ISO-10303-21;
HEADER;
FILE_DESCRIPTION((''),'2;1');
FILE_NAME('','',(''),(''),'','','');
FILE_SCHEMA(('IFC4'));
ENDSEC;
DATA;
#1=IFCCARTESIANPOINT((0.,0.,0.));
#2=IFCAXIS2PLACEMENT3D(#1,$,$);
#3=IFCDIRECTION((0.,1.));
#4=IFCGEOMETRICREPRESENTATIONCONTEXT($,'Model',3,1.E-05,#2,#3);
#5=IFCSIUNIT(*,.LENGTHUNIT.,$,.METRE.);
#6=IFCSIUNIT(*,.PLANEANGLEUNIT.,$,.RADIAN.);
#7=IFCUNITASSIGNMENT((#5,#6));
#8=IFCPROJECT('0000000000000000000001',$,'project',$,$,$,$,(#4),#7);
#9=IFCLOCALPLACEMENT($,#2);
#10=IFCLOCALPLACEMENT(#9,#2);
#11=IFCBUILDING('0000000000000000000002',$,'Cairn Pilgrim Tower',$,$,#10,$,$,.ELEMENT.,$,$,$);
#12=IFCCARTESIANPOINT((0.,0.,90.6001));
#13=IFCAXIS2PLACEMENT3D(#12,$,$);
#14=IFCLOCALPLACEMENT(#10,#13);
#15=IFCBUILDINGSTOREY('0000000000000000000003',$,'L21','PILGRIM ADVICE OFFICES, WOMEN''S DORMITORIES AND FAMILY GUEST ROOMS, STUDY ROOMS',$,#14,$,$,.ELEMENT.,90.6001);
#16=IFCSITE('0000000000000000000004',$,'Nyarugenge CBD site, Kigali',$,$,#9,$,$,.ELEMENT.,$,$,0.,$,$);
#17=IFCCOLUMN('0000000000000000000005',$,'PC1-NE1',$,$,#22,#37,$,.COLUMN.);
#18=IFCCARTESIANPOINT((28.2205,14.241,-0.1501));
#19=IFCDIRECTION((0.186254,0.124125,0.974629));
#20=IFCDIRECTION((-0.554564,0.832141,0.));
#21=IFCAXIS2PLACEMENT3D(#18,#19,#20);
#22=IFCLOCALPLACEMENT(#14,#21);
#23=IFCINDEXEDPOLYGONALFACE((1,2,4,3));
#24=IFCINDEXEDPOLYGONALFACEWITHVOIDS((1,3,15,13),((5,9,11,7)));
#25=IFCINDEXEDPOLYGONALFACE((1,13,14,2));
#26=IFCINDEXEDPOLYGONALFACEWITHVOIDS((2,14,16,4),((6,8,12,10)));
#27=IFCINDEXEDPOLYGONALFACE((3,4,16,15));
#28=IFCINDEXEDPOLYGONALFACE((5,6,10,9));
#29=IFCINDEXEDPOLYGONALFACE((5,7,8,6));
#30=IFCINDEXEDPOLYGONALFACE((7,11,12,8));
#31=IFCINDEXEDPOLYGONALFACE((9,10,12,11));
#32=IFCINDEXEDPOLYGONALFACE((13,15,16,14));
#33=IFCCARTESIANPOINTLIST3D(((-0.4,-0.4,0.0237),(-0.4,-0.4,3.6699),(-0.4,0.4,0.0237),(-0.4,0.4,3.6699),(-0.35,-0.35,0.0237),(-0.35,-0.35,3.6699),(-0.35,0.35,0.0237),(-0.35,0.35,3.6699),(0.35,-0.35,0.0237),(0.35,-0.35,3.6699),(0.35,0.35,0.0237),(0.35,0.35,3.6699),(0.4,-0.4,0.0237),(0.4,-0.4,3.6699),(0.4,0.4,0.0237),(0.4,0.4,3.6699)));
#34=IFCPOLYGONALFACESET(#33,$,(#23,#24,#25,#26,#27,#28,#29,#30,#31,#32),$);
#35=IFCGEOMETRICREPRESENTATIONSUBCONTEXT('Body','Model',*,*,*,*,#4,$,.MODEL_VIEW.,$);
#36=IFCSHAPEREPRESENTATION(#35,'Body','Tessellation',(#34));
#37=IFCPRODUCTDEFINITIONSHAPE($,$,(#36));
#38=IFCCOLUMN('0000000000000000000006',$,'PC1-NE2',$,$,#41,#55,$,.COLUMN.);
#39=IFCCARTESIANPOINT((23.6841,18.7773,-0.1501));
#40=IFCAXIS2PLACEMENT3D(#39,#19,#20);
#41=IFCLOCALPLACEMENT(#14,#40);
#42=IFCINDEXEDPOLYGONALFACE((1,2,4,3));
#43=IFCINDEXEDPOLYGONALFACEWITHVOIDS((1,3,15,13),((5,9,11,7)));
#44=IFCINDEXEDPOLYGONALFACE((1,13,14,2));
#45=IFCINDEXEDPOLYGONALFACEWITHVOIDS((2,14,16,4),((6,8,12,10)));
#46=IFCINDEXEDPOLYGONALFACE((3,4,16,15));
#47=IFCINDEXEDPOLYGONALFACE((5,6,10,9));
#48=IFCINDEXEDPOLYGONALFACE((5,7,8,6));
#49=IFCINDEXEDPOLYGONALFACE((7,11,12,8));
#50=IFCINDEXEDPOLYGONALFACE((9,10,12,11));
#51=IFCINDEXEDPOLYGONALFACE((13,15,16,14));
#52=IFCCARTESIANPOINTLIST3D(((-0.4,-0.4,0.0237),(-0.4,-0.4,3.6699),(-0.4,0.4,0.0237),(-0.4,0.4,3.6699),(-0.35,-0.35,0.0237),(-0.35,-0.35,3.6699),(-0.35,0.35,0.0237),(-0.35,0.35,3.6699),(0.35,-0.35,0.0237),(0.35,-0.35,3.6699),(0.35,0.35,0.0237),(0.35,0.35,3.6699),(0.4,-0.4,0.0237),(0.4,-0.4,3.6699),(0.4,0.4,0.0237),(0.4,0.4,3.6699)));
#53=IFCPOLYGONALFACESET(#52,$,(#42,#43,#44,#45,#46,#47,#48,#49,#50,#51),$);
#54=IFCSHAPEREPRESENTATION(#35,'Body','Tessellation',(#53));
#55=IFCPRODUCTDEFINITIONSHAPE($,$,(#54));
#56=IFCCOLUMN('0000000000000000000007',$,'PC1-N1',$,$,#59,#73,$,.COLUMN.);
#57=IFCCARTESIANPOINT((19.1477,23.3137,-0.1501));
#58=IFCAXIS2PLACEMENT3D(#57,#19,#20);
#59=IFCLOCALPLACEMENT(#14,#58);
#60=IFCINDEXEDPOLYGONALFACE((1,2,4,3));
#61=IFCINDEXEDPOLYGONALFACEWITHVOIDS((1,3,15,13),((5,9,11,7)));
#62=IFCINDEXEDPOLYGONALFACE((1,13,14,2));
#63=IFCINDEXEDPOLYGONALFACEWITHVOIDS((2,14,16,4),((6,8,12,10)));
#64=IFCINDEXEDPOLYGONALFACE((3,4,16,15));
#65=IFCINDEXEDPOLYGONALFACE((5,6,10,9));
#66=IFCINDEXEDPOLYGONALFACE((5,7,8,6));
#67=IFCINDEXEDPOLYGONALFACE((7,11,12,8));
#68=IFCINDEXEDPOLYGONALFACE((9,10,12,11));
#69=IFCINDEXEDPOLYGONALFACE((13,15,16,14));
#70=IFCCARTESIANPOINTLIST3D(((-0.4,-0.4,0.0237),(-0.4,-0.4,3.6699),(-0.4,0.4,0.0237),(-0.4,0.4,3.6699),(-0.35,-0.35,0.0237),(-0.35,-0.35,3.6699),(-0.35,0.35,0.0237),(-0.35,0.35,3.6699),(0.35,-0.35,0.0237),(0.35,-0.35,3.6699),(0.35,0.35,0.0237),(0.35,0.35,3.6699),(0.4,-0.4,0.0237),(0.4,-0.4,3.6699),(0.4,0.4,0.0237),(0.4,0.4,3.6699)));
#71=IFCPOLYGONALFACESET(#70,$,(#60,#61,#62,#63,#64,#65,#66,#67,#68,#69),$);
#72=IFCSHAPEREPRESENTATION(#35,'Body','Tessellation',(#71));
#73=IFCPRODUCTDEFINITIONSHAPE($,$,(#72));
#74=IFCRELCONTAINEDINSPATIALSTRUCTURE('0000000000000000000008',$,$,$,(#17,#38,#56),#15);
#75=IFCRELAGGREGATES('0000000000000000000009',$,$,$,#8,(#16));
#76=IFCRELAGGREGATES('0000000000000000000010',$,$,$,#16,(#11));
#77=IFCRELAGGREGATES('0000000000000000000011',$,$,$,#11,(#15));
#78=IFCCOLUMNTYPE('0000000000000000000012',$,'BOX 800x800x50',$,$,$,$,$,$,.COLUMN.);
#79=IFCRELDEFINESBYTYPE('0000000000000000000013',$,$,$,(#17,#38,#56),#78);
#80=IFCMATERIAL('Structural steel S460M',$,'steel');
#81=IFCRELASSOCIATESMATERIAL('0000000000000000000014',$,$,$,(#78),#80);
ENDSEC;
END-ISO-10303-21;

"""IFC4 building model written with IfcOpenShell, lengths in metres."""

from ifc_helpers import new_model, si_unit, direction, frame, origin, origin_2d, place, context, subcontext, project, spatial, hollow_rectangle, extrude, clip, halfspace, material, material_profile, profile_set, type_object, element, save


model = new_model("IFC4")

# Units and contexts
model_context = context("Model", 3, precision=1e-05, world=origin(), true_north=direction((0.0, 1.0)))
body_context = subcontext(model_context, "Body", "Model", "MODEL_VIEW")
ifc_project = project(units=[si_unit("LENGTHUNIT", "METRE"), si_unit("PLANEANGLEUNIT", "RADIAN")], contexts=[model_context])

# Site, building, storey
site_placement = place(None, origin())
site = spatial("IfcSite", under=ifc_project, at=site_placement, Name="Nyarugenge CBD site, Kigali", CompositionType="ELEMENT", RefElevation=0.0)
building_placement = place(site_placement, origin())
building = spatial("IfcBuilding", under=site, at=building_placement, Name="Cairn Pilgrim Tower", CompositionType="ELEMENT")
storey_placement = place(building_placement, frame((0.0, 0.0, 90.6001)))
storey = spatial("IfcBuildingStorey", under=building, at=storey_placement, Name="L21", Description="PILGRIM ADVICE OFFICES, WOMEN'S DORMITORIES AND FAMILY GUEST ROOMS, STUDY ROOMS", CompositionType="ELEMENT", Elevation=90.6001)

# Columns
ifc_material_1 = material(Name="Structural steel S460M", Category="steel")
ifc_material_profile_1 = material_profile(ifc_material_1, hollow_rectangle(XDim=0.8, YDim=0.8, WallThickness=0.05, at=origin_2d()), Name="BOX 800x800x50")
ifc_profile_set_1 = profile_set([ifc_material_profile_1], Name="Structural steel S460M")
column_type_1 = type_object("IfcColumnType", Name="BOX 800x800x50", PredefinedType="COLUMN", material=ifc_profile_set_1)
for number, where, z_axis, x_axis, name in (
    (1, (28.2205, 14.241, -0.1501), (0.186254, 0.124125, 0.974629), (-0.554564, 0.832141, 0.0), "PC1-NE1"),
    (2, (23.6841, 18.7773, -0.1501), (0.186254, 0.124125, 0.974629), (-0.554564, 0.832141, 0.0), "PC1-NE2"),
    (3, (19.1477, 23.3137, -0.1501), (0.186254, 0.124125, 0.974629), (-0.554564, 0.832141, 0.0), "PC1-N1"),
):
    element("IfcColumn", number, at=place(storey_placement, frame(where, z_axis=z_axis, x_axis=x_axis)), inside=storey, type_object=column_type_1, Name=name, PredefinedType="COLUMN", context=body_context, shape_type="Clipping", body=[
        clip(clip(extrude(hollow_rectangle(XDim=0.8, YDim=0.8, WallThickness=0.05, at=origin_2d()), origin(), (0.0, 0.0, 1.0), 3.6938), halfspace(frame((0.0, 0.0, 0.0237), z_axis=(0.0, 0.0, 1.0), x_axis=(1.0, 0.0, 0.0)), True)), halfspace(frame((0.0, 0.0, 3.6699), z_axis=(0.0, 0.0, 1.0), x_axis=(1.0, 0.0, 0.0)), False)),
    ])

save(model, "model.ifc")
